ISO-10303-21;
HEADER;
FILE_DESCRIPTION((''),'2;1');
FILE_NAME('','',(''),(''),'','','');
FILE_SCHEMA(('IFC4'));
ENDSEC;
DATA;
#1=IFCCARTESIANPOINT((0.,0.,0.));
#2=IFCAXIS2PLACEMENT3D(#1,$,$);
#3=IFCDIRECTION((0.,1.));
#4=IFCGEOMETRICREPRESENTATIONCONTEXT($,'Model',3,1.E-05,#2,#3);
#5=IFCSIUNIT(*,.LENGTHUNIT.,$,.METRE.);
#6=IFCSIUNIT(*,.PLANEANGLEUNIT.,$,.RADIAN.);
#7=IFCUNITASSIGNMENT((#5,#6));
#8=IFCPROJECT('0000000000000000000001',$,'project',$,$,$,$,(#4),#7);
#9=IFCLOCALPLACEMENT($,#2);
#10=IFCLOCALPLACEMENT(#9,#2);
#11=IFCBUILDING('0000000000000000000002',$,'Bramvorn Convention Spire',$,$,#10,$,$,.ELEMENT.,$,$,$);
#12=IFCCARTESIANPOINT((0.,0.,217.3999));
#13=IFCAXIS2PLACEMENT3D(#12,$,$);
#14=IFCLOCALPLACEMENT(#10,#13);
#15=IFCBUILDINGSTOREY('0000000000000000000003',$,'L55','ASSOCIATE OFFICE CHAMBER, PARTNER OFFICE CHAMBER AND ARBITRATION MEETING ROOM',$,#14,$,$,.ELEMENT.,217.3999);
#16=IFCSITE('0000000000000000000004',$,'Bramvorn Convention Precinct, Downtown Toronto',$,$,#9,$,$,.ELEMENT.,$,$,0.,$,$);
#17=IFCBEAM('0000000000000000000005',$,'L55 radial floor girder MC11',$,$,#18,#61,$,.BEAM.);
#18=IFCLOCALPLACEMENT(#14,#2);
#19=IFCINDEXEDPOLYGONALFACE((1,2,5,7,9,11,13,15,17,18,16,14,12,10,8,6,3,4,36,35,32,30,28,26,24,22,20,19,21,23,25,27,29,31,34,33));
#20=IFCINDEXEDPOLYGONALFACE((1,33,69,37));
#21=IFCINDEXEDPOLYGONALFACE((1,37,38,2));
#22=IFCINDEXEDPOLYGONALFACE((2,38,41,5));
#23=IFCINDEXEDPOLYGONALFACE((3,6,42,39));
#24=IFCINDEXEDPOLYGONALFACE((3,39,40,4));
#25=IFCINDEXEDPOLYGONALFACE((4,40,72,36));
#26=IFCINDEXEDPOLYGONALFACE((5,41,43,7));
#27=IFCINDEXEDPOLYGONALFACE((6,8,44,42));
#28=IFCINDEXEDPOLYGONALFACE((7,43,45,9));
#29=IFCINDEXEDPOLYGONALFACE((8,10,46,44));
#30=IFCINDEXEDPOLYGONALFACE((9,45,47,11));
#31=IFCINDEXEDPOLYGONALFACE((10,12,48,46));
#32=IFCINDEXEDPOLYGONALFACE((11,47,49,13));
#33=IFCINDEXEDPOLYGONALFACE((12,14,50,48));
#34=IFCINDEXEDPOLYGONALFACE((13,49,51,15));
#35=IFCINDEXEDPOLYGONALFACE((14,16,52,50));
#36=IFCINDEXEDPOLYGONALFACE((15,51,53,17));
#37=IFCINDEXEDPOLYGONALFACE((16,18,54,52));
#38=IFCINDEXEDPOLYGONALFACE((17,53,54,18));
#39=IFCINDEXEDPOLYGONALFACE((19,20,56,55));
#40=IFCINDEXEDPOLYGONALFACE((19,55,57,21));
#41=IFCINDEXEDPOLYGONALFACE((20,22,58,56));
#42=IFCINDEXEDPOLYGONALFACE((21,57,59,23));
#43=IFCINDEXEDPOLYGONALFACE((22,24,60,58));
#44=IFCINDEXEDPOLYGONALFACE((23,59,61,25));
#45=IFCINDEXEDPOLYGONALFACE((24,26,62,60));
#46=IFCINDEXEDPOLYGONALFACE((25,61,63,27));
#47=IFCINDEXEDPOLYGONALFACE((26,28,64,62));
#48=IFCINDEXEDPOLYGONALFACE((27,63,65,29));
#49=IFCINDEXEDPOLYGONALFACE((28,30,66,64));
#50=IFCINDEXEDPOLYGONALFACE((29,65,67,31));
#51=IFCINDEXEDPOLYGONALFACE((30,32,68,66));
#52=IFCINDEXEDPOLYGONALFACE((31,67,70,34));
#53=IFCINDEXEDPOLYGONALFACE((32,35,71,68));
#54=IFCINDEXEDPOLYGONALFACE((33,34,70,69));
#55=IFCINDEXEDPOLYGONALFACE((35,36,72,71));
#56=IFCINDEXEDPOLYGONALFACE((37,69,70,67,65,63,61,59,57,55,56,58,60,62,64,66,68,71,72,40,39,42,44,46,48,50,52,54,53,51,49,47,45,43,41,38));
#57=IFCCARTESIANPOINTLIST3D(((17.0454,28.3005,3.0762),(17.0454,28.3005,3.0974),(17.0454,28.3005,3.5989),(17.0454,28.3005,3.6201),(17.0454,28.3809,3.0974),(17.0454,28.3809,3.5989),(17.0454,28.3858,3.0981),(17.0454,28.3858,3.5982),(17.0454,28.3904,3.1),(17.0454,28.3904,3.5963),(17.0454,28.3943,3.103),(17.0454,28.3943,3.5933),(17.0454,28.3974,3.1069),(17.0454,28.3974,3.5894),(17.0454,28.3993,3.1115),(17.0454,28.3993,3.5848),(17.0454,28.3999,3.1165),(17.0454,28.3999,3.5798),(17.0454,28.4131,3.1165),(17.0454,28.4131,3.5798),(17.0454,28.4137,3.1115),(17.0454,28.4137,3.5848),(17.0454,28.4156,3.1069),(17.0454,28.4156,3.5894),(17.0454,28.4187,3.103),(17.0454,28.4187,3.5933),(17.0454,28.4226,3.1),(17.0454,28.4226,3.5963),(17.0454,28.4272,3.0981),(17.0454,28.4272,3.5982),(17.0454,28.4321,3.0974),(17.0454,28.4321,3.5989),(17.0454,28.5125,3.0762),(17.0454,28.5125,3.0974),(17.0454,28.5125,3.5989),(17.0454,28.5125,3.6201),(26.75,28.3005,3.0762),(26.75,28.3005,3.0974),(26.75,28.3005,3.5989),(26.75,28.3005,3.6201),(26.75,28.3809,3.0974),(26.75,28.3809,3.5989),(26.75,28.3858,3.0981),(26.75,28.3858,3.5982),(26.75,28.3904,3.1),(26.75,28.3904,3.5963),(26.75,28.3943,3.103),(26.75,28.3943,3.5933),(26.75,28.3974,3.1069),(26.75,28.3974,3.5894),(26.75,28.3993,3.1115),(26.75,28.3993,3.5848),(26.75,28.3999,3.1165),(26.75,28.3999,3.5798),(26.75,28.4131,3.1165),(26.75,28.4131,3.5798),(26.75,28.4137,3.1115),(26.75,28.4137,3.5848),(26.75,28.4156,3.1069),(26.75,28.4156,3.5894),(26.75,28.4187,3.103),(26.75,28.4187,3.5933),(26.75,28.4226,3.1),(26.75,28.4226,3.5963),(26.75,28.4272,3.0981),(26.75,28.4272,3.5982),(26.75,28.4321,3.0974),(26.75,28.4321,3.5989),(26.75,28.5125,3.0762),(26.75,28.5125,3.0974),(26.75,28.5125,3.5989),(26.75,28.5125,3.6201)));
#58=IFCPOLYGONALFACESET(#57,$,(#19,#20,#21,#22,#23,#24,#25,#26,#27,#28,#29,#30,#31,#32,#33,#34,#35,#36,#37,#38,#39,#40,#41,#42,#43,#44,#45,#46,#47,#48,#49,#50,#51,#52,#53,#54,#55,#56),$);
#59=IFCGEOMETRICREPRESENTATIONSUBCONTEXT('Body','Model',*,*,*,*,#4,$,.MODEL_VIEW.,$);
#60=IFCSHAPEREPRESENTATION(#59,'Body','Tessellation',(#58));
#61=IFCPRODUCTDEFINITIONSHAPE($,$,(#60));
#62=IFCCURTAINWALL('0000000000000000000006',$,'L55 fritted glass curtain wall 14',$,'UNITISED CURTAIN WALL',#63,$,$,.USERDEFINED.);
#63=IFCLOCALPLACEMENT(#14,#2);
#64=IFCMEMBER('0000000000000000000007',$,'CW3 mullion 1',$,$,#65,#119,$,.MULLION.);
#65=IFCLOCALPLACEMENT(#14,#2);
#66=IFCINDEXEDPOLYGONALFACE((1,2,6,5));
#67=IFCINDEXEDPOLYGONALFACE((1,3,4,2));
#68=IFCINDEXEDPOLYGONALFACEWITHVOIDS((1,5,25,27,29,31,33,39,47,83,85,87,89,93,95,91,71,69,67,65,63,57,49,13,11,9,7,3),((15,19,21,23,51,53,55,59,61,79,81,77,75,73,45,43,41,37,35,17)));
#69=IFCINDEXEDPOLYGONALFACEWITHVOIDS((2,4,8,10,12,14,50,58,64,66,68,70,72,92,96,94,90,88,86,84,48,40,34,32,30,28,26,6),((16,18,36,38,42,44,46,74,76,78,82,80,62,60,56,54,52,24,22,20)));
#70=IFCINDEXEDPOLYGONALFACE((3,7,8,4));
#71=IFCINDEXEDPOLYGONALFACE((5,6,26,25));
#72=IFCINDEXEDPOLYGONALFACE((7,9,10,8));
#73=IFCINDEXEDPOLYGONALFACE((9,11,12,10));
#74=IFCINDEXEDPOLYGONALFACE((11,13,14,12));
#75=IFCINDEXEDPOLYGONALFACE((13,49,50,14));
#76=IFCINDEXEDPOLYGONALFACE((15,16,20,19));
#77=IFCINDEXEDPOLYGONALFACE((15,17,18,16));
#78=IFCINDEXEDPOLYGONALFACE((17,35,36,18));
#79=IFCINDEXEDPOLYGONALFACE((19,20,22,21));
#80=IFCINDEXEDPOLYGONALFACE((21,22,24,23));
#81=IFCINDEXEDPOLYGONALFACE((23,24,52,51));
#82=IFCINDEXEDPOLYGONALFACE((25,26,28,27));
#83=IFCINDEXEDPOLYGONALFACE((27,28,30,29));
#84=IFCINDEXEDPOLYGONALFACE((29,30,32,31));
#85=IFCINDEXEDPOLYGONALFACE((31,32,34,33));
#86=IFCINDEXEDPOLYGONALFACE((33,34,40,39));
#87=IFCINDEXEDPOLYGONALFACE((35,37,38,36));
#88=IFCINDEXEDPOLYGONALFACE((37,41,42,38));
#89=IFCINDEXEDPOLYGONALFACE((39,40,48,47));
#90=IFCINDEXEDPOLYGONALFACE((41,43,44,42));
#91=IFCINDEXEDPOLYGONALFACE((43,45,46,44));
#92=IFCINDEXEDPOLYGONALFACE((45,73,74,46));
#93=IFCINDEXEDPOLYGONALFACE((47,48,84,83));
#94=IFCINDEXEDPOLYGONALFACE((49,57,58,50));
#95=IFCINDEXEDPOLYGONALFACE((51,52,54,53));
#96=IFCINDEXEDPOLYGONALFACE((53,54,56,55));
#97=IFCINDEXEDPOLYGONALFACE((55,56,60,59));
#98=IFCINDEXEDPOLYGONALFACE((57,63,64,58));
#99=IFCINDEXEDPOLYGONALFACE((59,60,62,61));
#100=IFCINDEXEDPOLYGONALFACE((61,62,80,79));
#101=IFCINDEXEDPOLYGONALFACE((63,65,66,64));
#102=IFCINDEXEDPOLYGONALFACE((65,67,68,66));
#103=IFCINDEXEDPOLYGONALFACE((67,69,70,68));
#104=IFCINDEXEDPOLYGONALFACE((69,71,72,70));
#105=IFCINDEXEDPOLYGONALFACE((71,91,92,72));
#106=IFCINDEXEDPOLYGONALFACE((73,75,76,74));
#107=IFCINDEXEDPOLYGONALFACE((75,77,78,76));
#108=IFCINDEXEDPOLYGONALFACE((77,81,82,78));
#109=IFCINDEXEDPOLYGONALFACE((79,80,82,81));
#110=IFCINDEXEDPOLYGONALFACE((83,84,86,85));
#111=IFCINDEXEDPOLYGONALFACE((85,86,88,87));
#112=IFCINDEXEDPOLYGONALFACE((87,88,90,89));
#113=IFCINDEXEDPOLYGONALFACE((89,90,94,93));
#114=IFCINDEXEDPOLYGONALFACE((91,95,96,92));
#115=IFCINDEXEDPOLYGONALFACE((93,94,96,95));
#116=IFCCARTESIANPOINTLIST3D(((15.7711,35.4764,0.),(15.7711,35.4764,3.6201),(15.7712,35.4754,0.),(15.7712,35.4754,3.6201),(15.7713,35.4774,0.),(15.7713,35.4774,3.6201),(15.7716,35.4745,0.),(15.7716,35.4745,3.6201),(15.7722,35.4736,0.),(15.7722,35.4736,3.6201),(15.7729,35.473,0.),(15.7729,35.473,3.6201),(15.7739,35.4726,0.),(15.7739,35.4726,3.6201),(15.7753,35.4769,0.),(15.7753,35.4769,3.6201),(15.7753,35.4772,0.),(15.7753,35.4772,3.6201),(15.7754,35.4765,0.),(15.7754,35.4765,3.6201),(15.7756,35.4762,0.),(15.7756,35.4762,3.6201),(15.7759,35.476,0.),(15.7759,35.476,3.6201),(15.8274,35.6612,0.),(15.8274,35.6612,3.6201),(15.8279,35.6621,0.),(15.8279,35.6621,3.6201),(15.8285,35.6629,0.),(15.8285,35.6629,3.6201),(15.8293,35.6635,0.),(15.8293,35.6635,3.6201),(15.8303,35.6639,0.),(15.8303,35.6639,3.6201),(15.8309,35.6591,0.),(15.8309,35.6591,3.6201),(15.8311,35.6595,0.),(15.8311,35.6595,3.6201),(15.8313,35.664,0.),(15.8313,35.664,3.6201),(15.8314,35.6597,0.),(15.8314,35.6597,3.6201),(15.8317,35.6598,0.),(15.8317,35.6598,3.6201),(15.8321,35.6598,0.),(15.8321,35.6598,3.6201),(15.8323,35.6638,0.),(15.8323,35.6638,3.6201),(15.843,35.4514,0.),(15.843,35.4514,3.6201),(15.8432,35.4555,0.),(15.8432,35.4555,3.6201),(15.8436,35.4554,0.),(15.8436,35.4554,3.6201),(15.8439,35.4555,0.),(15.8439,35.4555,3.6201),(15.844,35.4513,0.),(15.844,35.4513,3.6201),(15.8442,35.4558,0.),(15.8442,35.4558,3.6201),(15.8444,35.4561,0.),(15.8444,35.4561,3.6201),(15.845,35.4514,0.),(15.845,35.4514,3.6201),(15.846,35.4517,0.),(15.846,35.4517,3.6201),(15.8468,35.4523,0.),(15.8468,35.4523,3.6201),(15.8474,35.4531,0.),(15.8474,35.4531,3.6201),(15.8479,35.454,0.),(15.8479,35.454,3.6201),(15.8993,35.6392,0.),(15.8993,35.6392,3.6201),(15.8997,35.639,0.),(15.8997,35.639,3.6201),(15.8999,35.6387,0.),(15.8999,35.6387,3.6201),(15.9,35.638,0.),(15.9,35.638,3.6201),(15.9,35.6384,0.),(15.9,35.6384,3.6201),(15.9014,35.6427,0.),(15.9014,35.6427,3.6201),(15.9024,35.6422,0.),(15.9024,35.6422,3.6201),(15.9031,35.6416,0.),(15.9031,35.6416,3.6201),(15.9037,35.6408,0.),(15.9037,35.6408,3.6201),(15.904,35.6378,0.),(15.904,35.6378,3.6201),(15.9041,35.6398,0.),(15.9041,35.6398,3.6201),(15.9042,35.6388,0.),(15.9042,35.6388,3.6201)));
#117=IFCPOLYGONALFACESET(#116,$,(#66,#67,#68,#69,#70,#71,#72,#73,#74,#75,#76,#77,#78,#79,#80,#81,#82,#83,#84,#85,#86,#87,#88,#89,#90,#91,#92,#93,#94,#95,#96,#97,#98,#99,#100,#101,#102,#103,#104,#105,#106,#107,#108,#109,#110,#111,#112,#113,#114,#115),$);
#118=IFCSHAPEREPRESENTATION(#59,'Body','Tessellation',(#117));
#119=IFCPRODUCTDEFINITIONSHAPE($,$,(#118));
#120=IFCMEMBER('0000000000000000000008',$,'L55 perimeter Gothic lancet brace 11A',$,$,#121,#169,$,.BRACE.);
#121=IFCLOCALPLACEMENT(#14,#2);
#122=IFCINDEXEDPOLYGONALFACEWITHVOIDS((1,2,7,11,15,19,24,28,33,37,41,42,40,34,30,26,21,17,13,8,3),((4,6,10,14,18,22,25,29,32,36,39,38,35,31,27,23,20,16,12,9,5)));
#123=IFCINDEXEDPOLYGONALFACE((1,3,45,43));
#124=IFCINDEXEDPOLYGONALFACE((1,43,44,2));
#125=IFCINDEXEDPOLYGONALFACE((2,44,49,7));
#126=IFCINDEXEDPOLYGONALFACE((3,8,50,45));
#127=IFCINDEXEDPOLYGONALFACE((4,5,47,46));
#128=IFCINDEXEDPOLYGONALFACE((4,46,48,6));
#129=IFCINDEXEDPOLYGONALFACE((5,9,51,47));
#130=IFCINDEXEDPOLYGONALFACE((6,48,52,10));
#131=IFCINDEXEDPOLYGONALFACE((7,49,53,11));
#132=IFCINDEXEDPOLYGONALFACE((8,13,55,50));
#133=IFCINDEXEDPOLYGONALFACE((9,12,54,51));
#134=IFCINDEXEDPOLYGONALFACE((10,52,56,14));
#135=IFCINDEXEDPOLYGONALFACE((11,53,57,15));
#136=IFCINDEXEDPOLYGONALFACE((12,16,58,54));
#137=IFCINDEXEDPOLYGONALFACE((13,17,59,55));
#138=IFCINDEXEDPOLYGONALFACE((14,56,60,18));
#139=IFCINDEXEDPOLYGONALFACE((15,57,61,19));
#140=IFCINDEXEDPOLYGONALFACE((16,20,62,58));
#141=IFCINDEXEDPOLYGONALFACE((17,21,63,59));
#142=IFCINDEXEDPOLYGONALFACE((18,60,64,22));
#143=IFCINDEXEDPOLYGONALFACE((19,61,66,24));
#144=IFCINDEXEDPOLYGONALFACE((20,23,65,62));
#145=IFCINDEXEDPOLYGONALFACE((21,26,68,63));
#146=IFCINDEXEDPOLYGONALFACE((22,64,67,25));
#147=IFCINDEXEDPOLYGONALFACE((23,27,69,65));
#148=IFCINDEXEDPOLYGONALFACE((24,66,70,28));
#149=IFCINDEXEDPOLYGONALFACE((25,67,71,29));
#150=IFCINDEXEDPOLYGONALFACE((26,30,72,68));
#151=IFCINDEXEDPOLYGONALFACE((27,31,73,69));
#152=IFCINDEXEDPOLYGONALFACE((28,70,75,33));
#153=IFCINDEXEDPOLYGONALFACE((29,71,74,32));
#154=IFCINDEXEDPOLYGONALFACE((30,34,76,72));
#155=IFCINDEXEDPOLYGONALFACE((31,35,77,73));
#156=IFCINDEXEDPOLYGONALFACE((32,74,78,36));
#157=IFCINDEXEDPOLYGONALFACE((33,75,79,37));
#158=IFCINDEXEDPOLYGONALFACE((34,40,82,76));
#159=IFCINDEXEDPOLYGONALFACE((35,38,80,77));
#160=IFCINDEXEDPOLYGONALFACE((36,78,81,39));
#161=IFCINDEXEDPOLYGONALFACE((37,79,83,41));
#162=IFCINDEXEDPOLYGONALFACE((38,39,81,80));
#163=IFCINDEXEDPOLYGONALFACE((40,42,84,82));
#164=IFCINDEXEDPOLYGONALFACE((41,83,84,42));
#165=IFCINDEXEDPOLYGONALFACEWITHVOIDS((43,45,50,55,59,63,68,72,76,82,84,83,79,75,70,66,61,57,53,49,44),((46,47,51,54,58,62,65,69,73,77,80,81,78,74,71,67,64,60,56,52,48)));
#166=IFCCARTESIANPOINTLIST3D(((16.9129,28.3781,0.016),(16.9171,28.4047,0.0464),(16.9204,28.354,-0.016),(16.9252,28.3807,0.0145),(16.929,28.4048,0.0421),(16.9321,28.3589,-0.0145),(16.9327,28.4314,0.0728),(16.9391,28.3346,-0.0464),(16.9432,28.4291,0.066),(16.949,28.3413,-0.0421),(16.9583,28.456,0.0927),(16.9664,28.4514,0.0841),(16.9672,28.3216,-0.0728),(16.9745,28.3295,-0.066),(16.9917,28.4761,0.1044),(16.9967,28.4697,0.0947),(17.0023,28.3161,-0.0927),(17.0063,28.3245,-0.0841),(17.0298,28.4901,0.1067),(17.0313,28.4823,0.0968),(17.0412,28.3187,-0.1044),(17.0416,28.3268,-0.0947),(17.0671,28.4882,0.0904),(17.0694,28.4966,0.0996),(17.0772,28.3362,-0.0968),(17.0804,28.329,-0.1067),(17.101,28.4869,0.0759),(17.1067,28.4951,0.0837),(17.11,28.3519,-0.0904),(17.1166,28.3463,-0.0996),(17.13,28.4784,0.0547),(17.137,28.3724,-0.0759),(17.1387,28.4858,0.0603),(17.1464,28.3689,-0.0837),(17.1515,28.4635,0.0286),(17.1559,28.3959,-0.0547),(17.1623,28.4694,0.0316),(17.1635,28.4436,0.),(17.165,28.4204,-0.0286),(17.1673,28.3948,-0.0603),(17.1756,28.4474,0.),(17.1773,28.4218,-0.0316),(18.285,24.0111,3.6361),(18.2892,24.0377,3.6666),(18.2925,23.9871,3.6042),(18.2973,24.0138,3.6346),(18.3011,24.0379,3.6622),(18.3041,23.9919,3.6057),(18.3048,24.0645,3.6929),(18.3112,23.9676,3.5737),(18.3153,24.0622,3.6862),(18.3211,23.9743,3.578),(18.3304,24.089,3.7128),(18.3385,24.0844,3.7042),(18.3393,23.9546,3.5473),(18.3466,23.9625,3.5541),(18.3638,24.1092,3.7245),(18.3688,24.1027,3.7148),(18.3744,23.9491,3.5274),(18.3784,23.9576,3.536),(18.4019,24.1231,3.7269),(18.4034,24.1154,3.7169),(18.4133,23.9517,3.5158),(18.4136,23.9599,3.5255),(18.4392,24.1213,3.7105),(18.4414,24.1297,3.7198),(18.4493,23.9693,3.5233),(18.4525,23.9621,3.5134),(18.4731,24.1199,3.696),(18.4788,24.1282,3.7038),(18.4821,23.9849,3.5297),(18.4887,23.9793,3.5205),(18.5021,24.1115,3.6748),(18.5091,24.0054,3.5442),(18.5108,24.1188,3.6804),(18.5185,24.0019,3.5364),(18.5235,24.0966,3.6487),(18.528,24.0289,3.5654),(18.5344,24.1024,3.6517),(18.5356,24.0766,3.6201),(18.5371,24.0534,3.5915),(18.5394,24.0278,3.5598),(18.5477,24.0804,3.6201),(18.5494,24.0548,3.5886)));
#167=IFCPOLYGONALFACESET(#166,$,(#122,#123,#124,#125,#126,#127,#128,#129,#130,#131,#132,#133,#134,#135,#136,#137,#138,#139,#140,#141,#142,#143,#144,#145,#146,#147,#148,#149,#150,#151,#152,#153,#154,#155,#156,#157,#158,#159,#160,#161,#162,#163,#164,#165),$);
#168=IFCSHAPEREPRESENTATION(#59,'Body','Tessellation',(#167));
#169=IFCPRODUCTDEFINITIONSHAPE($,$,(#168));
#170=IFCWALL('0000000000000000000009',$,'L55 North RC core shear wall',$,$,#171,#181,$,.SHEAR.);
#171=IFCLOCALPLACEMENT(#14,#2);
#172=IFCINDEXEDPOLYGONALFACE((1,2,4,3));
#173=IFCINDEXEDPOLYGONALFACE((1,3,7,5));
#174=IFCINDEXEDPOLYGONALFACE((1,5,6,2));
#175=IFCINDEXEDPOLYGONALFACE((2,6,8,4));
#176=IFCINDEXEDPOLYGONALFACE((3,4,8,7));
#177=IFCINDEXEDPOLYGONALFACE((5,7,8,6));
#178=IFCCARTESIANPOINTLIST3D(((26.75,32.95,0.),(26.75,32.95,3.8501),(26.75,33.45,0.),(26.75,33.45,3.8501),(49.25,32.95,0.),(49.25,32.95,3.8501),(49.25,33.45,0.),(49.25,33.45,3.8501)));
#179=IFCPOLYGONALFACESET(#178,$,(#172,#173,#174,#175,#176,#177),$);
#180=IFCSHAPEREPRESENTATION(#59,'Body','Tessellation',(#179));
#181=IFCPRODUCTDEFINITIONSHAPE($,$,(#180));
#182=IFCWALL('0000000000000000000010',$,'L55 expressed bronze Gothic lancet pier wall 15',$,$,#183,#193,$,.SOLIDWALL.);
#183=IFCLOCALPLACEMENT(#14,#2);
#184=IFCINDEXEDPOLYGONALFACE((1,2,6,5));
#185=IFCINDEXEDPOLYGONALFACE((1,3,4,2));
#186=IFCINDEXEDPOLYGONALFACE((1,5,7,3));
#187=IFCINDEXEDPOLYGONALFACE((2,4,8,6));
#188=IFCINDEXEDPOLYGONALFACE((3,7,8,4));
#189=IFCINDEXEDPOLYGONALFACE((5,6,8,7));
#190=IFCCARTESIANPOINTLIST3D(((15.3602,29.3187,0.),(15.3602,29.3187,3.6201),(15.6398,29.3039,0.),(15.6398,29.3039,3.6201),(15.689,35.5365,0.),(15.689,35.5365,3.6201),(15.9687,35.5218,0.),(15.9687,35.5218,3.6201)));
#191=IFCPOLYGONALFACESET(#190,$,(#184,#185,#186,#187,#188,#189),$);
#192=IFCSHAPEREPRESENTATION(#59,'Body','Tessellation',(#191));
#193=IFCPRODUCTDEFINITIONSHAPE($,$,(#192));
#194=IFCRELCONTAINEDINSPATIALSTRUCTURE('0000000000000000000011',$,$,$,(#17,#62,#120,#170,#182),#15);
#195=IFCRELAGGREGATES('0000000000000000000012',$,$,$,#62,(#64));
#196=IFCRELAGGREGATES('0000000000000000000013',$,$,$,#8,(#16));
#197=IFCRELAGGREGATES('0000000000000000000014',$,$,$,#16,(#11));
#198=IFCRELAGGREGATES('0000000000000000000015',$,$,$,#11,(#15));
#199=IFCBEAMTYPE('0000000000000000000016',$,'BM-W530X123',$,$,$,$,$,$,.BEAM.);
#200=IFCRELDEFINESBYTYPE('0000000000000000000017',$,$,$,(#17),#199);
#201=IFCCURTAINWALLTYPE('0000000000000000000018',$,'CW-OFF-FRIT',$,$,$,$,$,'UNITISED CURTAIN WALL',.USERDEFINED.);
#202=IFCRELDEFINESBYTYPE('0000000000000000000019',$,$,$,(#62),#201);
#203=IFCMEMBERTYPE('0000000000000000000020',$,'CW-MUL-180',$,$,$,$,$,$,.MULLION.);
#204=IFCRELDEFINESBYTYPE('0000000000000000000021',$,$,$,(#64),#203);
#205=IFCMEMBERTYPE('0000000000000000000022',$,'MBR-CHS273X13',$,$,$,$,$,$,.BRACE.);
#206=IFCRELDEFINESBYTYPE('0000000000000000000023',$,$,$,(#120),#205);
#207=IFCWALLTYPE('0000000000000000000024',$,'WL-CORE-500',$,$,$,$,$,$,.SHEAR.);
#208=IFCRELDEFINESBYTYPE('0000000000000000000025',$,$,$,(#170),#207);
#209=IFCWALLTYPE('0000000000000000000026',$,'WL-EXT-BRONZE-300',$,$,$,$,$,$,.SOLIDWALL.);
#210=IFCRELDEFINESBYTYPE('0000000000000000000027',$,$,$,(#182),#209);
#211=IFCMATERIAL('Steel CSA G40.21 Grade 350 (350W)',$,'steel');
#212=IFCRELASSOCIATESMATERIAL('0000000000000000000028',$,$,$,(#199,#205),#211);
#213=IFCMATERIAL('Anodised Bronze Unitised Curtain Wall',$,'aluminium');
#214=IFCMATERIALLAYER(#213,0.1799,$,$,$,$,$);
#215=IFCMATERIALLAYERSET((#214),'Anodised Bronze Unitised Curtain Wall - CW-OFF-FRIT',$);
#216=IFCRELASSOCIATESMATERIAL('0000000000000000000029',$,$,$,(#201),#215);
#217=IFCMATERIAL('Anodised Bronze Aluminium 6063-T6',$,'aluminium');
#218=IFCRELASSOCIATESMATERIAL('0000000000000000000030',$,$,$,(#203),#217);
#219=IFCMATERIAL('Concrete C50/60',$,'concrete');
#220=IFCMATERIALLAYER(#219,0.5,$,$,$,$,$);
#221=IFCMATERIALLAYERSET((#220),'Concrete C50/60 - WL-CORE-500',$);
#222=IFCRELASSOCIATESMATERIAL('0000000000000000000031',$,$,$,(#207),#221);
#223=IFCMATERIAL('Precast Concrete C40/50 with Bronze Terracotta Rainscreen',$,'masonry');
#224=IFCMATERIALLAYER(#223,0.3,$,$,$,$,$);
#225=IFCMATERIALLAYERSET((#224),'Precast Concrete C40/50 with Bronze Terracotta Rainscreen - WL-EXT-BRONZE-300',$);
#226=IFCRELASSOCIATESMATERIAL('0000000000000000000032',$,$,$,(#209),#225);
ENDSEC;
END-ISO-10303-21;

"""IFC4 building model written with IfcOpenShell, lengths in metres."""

from ifc_helpers import new_model, si_unit, direction, frame, frame_2d, origin, origin_2d, place, context, subcontext, project, spatial, rectangle, hollow_rectangle, hollow_circle, i_section, extrude, material, layer, layer_set, material_profile, profile_set, type_object, element, aggregate, save


model = new_model("IFC4")

# Units and contexts
model_context = context("Model", 3, precision=1e-05, world=origin(), true_north=direction((0.0, 1.0)))
body_context = subcontext(model_context, "Body", "Model", "MODEL_VIEW")
ifc_project = project(units=[si_unit("LENGTHUNIT", "METRE"), si_unit("PLANEANGLEUNIT", "RADIAN")], contexts=[model_context])

# Site, building, storey
site_placement = place(None, origin())
site = spatial("IfcSite", under=ifc_project, at=site_placement, Name="Bramvorn Convention Precinct, Downtown Toronto", CompositionType="ELEMENT", RefElevation=0.0)
building_placement = place(site_placement, origin())
building = spatial("IfcBuilding", under=site, at=building_placement, Name="Bramvorn Convention Spire", CompositionType="ELEMENT")
storey_placement = place(building_placement, frame((0.0, 0.0, 217.3999)))
storey = spatial("IfcBuildingStorey", under=building, at=storey_placement, Name="L55", Description="ASSOCIATE OFFICE CHAMBER, PARTNER OFFICE CHAMBER AND ARBITRATION MEETING ROOM", CompositionType="ELEMENT", Elevation=217.3999)

# Shared definitions
ifc_material_1 = material(Name="Steel CSA G40.21 Grade 350 (350W)", Category="steel")

# Beam
ifc_material_profile_1 = material_profile(ifc_material_1, i_section(OverallWidth=0.2119, OverallDepth=0.5439, WebThickness=0.0132, FlangeThickness=0.0212, FilletRadius=0.019, at=origin_2d()))
ifc_profile_set_1 = profile_set([ifc_material_profile_1], Name="Steel CSA G40.21 Grade 350 (350W) - W530X123")
beam_type_1 = type_object("IfcBeamType", Name="BM-W530X123", PredefinedType="BEAM", material=ifc_profile_set_1)
beam_1_placement = place(storey_placement, frame((26.75, 28.4065, 3.3481), z_axis=(-1.0, 0.0, 0.0), x_axis=(0.0, -1.0, 0.0)))
element("IfcBeam", 1, at=beam_1_placement, inside=storey, type_object=beam_type_1, Name="L55 radial floor girder MC11", PredefinedType="BEAM", context=body_context, shape_type="SweptSolid", body=[
    extrude(i_section(OverallWidth=0.2119, OverallDepth=0.5439, WebThickness=0.0132, FlangeThickness=0.0212, FilletRadius=0.019, at=origin_2d()), origin(), (0.0, 0.0, 1.0), 9.7046),
])

# Curtain wall, member
ifc_material_2 = material(Name="Anodised Bronze Unitised Curtain Wall", Category="aluminium")
ifc_layer_1 = layer(ifc_material_2, 0.1799)
ifc_layer_set_1 = layer_set([ifc_layer_1], Name="Anodised Bronze Unitised Curtain Wall - CW-OFF-FRIT")
curtain_wall_type = type_object("IfcCurtainWallType", Name="CW-OFF-FRIT", ElementType="UNITISED CURTAIN WALL", PredefinedType="USERDEFINED", material=ifc_layer_set_1)
curtain_wall_placement = place(storey_placement, origin())
curtain_wall = element("IfcCurtainWall", 2, at=curtain_wall_placement, inside=storey, type_object=curtain_wall_type, Name="L55 fritted glass curtain wall 14", ObjectType="UNITISED CURTAIN WALL", PredefinedType="USERDEFINED")
ifc_material_3 = material(Name="Anodised Bronze Aluminium 6063-T6", Category="aluminium")
ifc_material_profile_2 = material_profile(ifc_material_3, hollow_rectangle(XDim=0.0801, YDim=0.2, WallThickness=0.0039, InnerFilletRadius=0.001, OuterFilletRadius=0.0039, at=origin_2d()))
ifc_profile_set_2 = profile_set([ifc_material_profile_2], Name="Anodised Bronze Aluminium 6063-T6 - CWM80X200")
member_type_1 = type_object("IfcMemberType", Name="CW-MUL-180", PredefinedType="MULLION", material=ifc_profile_set_2)
member_1_placement = place(storey_placement, frame((15.8376, 35.5576, 0.0), z_axis=(0.0, 0.0, 1.0), x_axis=(-0.956325, 0.292307, 0.0)))
member_1 = element("IfcMember", 3, at=member_1_placement, type_object=member_type_1, Name="CW3 mullion 1", PredefinedType="MULLION", context=body_context, shape_type="SweptSolid", body=[
    extrude(hollow_rectangle(XDim=0.0801, YDim=0.2, WallThickness=0.0039, InnerFilletRadius=0.001, OuterFilletRadius=0.0039, at=origin_2d()), origin(), (0.0, 0.0, 1.0), 3.6201),
])
aggregate(curtain_wall, [member_1])

# Member
ifc_material_profile_3 = material_profile(ifc_material_1, hollow_circle(Radius=0.1365, WallThickness=0.0127, at=origin_2d()))
ifc_profile_set_3 = profile_set([ifc_material_profile_3], Name="Steel CSA G40.21 Grade 350 (350W) - CHS273X13")
member_type_2 = type_object("IfcMemberType", Name="MBR-CHS273X13", PredefinedType="BRACE", material=ifc_profile_set_3)
member_2_placement = place(storey_placement, frame((17.0454, 28.4065, 0.0), z_axis=(0.235108, -0.748286, 0.620316), x_axis=(0.954019, 0.299748, 0.0)))
element("IfcMember", 4, at=member_2_placement, inside=storey, type_object=member_type_2, Name="L55 perimeter Gothic lancet brace 11A", PredefinedType="BRACE", context=body_context, shape_type="SweptSolid", body=[
    extrude(hollow_circle(Radius=0.1365, WallThickness=0.0127, at=origin_2d()), origin(), (0.0, 0.0, 1.0), 5.8359),
])

# Wall
ifc_material_4 = material(Name="Concrete C50/60", Category="concrete")
ifc_layer_2 = layer(ifc_material_4, 0.5)
ifc_layer_set_2 = layer_set([ifc_layer_2], Name="Concrete C50/60 - WL-CORE-500")
wall_type_1 = type_object("IfcWallType", Name="WL-CORE-500", PredefinedType="SHEAR", material=ifc_layer_set_2)
wall_1_placement = place(storey_placement, frame((26.75, 33.2, 0.0), z_axis=(0.0, 0.0, 1.0), x_axis=(1.0, 0.0, 0.0)))
element("IfcWall", 5, at=wall_1_placement, inside=storey, type_object=wall_type_1, Name="L55 North RC core shear wall", PredefinedType="SHEAR", context=body_context, shape_type="SweptSolid", body=[
    extrude(rectangle(XDim=22.5, YDim=0.5, at=frame_2d((11.25, 0.0))), origin(), (0.0, 0.0, 1.0), 3.8501),
])

# Wall
ifc_material_5 = material(Name="Precast Concrete C40/50 with Bronze Terracotta Rainscreen", Category="masonry")
ifc_layer_3 = layer(ifc_material_5, 0.3)
ifc_layer_set_3 = layer_set([ifc_layer_3], Name="Precast Concrete C40/50 with Bronze Terracotta Rainscreen - WL-EXT-BRONZE-300")
wall_type_2 = type_object("IfcWallType", Name="WL-EXT-BRONZE-300", PredefinedType="SOLIDWALL", material=ifc_layer_set_3)
wall_2_placement = place(storey_placement, frame((15.5, 29.3113, 0.0), z_axis=(0.0, 0.0, 1.0), x_axis=(0.052816, 0.998604, 0.0)))
element("IfcWall", 6, at=wall_2_placement, inside=storey, type_object=wall_type_2, Name="L55 expressed bronze Gothic lancet pier wall 15", PredefinedType="SOLIDWALL", context=body_context, shape_type="SweptSolid", body=[
    extrude(rectangle(XDim=6.2266, YDim=0.28, at=frame_2d((3.1133, 0.0))), origin(), (0.0, 0.0, 1.0), 3.6201),
])

save(model, "model.ifc")
